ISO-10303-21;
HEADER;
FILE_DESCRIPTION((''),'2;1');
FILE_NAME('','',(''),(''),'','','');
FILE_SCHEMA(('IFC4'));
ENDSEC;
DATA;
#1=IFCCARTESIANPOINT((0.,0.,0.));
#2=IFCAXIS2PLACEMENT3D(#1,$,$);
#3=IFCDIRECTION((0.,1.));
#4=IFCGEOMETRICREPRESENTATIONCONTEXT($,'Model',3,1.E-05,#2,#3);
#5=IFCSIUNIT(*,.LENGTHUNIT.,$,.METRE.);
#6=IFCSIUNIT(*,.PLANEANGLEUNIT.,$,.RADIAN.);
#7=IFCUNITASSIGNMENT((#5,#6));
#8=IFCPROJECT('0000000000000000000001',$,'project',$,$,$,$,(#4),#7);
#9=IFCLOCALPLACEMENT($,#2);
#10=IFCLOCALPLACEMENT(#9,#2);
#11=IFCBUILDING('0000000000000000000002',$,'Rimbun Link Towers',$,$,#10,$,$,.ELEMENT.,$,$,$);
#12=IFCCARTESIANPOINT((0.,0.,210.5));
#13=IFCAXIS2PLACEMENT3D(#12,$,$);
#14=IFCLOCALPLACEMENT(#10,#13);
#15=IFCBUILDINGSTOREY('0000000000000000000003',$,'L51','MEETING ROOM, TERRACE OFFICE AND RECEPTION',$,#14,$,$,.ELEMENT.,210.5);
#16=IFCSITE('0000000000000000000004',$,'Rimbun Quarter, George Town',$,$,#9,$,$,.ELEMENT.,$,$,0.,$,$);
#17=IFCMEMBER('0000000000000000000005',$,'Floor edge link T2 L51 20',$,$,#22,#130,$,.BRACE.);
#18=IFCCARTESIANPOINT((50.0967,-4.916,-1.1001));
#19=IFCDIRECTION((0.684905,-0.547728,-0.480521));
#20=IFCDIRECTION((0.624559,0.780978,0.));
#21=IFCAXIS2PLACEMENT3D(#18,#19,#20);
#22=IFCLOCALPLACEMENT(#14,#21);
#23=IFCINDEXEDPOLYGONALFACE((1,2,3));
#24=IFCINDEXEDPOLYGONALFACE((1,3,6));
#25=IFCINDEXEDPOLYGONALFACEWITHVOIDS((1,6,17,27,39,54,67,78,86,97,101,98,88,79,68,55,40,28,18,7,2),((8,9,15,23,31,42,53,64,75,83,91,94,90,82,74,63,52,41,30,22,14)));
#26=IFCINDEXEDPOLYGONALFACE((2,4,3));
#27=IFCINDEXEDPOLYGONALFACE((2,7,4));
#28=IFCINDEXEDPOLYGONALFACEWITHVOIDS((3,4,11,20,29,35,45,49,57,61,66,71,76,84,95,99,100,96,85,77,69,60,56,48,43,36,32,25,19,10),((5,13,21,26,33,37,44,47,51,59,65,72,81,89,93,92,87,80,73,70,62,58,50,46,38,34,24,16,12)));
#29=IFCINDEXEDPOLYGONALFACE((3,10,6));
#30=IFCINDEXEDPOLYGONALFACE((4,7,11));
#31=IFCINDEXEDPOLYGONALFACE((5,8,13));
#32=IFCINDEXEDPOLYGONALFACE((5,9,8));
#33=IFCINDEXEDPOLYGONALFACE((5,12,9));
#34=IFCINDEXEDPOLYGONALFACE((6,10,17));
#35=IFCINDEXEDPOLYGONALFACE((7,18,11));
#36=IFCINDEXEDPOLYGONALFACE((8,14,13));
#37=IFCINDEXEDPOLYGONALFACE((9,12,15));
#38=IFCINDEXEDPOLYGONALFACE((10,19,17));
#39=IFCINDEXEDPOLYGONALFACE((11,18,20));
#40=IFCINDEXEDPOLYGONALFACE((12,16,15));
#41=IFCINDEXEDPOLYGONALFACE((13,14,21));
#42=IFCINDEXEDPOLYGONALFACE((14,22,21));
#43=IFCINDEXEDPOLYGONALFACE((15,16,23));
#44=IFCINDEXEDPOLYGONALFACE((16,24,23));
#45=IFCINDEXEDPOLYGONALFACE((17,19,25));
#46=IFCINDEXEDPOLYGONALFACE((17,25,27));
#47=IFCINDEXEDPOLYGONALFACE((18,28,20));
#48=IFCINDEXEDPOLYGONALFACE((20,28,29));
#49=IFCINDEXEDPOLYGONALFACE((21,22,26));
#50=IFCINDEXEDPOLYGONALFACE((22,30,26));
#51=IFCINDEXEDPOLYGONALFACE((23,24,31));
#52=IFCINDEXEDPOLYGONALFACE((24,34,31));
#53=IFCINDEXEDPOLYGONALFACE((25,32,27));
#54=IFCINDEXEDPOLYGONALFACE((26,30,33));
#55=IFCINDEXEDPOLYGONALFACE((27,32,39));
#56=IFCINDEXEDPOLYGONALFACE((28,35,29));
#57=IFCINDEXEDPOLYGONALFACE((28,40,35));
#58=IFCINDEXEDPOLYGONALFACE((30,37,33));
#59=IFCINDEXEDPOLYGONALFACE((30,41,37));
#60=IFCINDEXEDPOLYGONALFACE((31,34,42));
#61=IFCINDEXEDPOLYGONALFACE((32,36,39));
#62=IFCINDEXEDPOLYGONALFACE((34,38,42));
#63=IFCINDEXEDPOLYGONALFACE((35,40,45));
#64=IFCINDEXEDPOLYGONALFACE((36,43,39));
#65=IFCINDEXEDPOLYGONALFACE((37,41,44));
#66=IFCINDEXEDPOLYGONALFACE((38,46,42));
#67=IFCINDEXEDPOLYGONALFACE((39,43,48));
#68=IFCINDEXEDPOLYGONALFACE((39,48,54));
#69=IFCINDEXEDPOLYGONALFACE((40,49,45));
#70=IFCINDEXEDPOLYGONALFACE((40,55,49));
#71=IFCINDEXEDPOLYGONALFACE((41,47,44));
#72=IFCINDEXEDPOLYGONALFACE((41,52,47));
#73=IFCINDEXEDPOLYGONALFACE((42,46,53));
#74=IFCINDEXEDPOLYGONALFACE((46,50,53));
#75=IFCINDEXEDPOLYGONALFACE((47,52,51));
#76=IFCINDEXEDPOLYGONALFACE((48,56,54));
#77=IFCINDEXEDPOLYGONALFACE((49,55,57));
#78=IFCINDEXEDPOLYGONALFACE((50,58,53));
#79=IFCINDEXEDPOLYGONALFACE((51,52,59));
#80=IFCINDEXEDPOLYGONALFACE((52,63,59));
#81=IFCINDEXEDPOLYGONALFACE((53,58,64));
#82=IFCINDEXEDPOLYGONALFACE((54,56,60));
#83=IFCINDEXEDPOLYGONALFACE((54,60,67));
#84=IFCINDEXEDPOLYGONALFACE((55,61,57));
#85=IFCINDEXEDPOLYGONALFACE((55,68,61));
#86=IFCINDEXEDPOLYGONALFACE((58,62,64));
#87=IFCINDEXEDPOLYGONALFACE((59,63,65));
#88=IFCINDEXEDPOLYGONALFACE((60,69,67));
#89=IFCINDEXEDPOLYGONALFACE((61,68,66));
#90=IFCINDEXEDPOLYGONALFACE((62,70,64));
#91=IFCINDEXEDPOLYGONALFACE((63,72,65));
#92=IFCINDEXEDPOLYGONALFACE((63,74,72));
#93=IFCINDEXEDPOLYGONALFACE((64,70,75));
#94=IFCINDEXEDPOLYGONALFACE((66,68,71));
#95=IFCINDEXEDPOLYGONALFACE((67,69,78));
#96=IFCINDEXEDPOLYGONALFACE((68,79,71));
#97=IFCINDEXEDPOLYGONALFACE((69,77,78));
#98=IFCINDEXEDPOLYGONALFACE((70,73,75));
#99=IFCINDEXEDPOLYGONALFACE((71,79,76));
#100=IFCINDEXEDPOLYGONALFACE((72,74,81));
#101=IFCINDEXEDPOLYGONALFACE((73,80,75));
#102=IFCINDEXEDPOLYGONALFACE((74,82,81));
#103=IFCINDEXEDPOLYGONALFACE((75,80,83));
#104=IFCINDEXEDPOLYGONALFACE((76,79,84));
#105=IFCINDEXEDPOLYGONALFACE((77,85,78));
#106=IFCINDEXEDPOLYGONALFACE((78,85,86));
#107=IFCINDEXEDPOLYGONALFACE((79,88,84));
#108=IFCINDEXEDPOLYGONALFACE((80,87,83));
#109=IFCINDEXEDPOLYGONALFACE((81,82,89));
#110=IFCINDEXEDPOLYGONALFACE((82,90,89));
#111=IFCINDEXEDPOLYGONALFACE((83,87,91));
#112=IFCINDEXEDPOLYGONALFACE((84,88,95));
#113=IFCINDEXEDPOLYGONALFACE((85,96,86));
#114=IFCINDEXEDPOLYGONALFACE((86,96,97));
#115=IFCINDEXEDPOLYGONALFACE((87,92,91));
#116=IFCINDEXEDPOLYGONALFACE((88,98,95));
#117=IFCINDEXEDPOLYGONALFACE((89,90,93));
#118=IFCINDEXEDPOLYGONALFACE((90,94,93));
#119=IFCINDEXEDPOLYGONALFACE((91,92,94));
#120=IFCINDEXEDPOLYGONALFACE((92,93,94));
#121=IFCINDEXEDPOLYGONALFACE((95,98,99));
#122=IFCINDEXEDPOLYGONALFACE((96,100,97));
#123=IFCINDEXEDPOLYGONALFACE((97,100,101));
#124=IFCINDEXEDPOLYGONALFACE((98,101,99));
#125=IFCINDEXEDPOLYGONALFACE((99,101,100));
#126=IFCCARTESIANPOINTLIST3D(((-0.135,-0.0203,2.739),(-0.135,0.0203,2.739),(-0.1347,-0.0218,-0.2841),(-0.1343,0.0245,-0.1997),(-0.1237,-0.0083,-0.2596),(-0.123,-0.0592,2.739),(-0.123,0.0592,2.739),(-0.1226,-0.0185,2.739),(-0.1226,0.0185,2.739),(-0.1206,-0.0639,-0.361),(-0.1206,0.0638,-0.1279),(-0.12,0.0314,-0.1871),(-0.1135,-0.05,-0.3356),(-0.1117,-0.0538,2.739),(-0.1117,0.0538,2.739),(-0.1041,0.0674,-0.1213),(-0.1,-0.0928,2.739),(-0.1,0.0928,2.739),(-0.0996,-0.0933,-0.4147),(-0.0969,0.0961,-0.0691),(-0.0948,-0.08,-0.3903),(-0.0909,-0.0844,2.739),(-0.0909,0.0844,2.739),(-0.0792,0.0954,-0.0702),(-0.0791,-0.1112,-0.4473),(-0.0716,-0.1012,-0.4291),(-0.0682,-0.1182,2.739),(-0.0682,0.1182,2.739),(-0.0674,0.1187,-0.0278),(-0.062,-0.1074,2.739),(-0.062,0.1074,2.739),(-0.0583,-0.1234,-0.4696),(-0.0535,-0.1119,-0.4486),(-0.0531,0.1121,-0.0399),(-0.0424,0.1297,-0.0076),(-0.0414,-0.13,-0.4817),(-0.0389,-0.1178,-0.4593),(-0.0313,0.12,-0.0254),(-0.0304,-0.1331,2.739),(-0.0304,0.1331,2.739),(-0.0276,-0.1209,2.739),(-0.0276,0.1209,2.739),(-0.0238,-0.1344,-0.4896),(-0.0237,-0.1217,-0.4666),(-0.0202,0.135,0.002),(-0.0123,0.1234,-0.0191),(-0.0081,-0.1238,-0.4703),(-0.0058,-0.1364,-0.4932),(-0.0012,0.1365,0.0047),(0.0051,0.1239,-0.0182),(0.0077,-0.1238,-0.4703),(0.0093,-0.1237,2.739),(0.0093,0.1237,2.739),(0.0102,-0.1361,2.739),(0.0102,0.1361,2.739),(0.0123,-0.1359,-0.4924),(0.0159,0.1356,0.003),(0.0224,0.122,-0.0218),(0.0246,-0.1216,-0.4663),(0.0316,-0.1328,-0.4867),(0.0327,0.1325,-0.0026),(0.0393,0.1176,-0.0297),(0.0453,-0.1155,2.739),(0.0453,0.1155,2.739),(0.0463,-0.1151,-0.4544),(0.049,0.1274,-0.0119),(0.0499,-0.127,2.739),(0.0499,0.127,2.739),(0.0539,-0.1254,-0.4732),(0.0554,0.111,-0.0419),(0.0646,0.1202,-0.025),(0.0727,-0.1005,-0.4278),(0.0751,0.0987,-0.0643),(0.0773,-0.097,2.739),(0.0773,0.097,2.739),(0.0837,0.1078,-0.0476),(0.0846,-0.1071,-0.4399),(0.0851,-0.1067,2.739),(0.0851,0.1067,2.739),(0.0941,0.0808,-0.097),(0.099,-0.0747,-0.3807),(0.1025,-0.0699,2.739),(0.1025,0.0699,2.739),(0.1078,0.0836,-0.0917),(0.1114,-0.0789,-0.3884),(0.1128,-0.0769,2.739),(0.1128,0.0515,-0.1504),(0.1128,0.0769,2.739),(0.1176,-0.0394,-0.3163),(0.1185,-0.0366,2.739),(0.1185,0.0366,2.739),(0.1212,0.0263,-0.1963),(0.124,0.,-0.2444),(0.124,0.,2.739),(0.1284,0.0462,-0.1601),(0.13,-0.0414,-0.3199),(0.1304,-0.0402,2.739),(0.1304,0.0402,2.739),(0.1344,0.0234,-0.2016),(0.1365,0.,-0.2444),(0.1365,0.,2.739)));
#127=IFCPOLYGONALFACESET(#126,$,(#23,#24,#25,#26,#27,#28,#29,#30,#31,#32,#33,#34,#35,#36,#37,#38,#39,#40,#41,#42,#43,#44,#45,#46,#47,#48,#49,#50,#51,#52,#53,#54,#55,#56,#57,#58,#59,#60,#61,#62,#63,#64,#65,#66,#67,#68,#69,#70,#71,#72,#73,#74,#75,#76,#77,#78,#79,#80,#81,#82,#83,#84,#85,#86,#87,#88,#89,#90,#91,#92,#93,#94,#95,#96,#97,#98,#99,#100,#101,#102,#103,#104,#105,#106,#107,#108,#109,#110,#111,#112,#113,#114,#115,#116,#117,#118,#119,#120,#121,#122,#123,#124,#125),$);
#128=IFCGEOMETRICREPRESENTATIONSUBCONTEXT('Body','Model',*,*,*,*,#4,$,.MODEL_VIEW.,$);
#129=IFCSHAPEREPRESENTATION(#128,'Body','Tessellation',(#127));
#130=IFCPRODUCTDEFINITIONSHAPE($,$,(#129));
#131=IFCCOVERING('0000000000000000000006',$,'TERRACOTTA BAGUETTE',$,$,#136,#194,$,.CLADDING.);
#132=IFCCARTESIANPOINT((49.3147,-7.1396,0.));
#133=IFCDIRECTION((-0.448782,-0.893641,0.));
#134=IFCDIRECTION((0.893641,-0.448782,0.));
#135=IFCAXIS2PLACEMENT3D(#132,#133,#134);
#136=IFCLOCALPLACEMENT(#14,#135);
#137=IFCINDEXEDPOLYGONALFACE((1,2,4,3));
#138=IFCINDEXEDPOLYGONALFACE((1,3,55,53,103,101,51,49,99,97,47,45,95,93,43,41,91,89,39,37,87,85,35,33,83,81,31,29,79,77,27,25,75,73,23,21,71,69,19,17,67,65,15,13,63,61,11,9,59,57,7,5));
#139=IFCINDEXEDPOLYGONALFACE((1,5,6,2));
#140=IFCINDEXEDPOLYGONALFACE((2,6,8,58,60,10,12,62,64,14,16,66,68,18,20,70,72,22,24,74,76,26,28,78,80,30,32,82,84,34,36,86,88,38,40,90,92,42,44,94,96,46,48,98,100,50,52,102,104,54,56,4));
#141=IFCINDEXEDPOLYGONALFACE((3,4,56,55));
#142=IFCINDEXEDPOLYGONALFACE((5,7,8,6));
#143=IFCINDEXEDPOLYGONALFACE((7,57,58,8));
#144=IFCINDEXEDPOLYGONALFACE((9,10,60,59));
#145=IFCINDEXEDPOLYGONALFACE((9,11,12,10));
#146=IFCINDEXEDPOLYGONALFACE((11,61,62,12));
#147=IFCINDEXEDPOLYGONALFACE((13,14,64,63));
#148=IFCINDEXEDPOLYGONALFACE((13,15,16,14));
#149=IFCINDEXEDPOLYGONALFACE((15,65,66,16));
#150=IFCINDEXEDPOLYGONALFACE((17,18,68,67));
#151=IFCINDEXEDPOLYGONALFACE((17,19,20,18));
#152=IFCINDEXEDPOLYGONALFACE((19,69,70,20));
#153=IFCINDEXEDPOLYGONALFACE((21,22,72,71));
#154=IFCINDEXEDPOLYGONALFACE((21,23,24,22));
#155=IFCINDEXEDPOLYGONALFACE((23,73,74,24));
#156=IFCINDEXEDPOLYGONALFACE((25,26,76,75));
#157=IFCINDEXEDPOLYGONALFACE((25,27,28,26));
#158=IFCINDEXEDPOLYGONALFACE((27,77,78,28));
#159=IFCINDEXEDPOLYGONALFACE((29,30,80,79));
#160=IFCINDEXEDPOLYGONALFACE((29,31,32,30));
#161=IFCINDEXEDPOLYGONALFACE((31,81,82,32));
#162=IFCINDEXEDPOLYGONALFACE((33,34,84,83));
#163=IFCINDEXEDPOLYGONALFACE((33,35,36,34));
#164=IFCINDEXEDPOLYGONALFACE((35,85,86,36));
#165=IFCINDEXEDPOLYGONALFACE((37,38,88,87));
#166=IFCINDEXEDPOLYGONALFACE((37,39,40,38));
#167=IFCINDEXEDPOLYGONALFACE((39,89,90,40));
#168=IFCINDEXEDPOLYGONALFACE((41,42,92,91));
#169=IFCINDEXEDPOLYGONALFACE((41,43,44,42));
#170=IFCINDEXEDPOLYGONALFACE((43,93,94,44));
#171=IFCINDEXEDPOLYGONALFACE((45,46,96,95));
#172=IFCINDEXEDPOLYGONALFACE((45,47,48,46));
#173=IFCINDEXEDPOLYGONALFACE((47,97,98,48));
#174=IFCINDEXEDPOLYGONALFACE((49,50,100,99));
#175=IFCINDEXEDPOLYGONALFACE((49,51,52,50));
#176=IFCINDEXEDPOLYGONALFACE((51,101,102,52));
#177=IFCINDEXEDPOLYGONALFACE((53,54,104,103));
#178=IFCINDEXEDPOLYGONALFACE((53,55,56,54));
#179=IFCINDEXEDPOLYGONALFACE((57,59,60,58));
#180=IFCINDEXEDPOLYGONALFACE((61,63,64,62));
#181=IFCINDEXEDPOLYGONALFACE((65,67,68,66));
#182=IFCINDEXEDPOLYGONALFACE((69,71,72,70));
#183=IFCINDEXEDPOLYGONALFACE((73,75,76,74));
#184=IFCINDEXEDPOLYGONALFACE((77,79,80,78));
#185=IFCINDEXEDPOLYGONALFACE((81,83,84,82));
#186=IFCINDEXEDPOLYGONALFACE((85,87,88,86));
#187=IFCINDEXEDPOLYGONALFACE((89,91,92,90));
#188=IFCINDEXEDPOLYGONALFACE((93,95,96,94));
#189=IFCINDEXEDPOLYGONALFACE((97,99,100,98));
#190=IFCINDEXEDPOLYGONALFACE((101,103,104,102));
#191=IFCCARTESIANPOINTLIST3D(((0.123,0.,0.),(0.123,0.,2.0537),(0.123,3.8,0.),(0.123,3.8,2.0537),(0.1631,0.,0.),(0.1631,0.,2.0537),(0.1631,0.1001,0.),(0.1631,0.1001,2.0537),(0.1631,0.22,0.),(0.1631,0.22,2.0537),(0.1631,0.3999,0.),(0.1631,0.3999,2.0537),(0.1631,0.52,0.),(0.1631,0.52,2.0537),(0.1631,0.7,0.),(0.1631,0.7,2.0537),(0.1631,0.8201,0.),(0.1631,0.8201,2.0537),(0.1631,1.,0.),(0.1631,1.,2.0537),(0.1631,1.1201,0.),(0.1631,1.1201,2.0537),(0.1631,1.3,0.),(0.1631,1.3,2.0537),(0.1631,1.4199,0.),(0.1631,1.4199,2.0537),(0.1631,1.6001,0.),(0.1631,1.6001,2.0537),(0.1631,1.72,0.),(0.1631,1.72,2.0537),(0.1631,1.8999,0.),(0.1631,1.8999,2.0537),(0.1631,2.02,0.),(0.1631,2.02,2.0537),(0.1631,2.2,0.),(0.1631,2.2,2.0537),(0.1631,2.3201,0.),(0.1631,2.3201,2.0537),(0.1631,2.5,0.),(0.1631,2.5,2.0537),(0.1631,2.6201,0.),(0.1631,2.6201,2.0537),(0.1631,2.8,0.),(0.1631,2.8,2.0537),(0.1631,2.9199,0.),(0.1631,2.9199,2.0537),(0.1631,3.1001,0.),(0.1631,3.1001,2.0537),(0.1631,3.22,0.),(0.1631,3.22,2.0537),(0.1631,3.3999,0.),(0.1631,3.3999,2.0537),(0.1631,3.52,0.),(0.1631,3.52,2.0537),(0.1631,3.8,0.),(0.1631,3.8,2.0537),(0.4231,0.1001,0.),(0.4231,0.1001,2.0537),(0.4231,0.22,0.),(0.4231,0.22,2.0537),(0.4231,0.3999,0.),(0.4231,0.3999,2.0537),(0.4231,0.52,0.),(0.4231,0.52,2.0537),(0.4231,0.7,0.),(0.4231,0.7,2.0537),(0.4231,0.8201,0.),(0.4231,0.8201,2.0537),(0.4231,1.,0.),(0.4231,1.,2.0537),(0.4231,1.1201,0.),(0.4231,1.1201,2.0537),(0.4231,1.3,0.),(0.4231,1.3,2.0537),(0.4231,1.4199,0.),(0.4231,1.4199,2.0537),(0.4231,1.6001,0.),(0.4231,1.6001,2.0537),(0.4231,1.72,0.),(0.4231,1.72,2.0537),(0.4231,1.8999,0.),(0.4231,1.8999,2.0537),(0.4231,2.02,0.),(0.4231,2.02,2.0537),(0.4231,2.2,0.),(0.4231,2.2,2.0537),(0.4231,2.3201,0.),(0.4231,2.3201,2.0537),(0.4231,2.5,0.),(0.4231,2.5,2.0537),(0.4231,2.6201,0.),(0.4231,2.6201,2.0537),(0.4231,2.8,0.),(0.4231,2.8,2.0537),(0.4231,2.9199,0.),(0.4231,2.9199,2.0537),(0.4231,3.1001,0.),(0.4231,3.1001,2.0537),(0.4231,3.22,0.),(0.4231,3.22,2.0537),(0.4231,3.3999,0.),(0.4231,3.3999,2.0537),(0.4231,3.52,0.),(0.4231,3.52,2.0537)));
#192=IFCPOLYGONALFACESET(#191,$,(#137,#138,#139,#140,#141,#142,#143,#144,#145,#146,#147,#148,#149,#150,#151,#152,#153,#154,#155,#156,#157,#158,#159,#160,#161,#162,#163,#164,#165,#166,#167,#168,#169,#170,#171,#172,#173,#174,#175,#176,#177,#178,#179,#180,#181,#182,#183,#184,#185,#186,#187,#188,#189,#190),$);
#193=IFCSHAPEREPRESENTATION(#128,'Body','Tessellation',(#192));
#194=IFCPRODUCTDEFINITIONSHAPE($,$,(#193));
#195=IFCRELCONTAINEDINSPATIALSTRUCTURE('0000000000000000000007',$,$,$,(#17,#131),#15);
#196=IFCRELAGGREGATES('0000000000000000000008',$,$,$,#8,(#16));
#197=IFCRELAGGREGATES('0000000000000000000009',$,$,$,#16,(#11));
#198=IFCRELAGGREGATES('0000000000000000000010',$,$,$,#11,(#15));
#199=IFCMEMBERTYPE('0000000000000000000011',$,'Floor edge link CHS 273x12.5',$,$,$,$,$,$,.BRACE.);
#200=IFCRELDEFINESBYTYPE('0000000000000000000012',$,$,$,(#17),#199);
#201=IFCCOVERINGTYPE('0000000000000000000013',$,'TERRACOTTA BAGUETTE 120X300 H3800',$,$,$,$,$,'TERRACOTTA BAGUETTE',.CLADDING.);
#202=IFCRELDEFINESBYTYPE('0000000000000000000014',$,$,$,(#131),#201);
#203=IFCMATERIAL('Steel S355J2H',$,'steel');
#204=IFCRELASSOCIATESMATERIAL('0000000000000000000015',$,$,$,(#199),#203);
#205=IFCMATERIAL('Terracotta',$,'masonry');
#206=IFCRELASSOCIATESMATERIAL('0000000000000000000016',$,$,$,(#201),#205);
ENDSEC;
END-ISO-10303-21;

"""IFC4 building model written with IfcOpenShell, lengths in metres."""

from ifc_helpers import new_model, si_unit, direction, frame, origin, origin_2d, place, context, subcontext, project, spatial, polyline, hollow_circle, outline, extrude, clip, halfspace, material, material_profile, profile_set, type_object, element, save


model = new_model("IFC4")

# Units and contexts
model_context = context("Model", 3, precision=1e-05, world=origin(), true_north=direction((0.0, 1.0)))
body_context = subcontext(model_context, "Body", "Model", "MODEL_VIEW")
ifc_project = project(units=[si_unit("LENGTHUNIT", "METRE"), si_unit("PLANEANGLEUNIT", "RADIAN")], contexts=[model_context])

# Site, building, storey
site_placement = place(None, origin())
site = spatial("IfcSite", under=ifc_project, at=site_placement, Name="Rimbun Quarter, George Town", CompositionType="ELEMENT", RefElevation=0.0)
building_placement = place(site_placement, origin())
building = spatial("IfcBuilding", under=site, at=building_placement, Name="Rimbun Link Towers", CompositionType="ELEMENT")
storey_placement = place(building_placement, frame((0.0, 0.0, 210.5)))
storey = spatial("IfcBuildingStorey", under=building, at=storey_placement, Name="L51", Description="MEETING ROOM, TERRACE OFFICE AND RECEPTION", CompositionType="ELEMENT", Elevation=210.5)

# Member
ifc_material_1 = material(Name="Steel S355J2H", Category="steel")
ifc_material_profile_1 = material_profile(ifc_material_1, hollow_circle(Radius=0.1365, WallThickness=0.0125, at=origin_2d()), Name="CHS 273x12.5")
ifc_profile_set_1 = profile_set([ifc_material_profile_1], Name="Steel S355J2H")
member_type_1 = type_object("IfcMemberType", Name="Floor edge link CHS 273x12.5", PredefinedType="BRACE", material=ifc_profile_set_1)
member_1_placement = place(storey_placement, frame((50.0967, -4.916, -1.1001), z_axis=(0.684905, -0.547728, -0.480521), x_axis=(0.624559, 0.780978, 0.0)))
element("IfcMember", 1, at=member_1_placement, inside=storey, type_object=member_type_1, Name="Floor edge link T2 L51 20", PredefinedType="BRACE", context=body_context, shape_type="Clipping", body=[
    clip(extrude(hollow_circle(Radius=0.1365, WallThickness=0.0125, at=origin_2d()), frame((0.0, 0.0, -0.519)), (0.0, 0.0, 1.0), 3.2581), halfspace(frame((0.0, 0.0, -0.2444), z_axis=(0.0, 0.876983, -0.480521)), False)),
])

# Covering
ifc_material_2 = material(Name="Terracotta", Category="masonry")
ifc_material_profile_2 = material_profile(ifc_material_2, outline(polyline([(0.123, 0.0), (0.1631, 0.0), (0.1631, 0.1001), (0.4231, 0.1001), (0.4231, 0.22), (0.1631, 0.22), (0.1631, 0.3999), (0.4231, 0.3999), (0.4231, 0.52), (0.1631, 0.52), (0.1631, 0.7), (0.4231, 0.7), (0.4231, 0.8201), (0.1631, 0.8201), (0.1631, 1.0), (0.4231, 1.0), (0.4231, 1.1201), (0.1631, 1.1201), (0.1631, 1.3), (0.4231, 1.3), (0.4231, 1.4199), (0.1631, 1.4199), (0.1631, 1.6001), (0.4231, 1.6001), (0.4231, 1.72), (0.1631, 1.72), (0.1631, 1.8999), (0.4231, 1.8999), (0.4231, 2.02), (0.1631, 2.02), (0.1631, 2.2), (0.4231, 2.2), (0.4231, 2.3201), (0.1631, 2.3201), (0.1631, 2.5), (0.4231, 2.5), (0.4231, 2.6201), (0.1631, 2.6201), (0.1631, 2.8), (0.4231, 2.8), (0.4231, 2.9199), (0.1631, 2.9199), (0.1631, 3.1001), (0.4231, 3.1001), (0.4231, 3.22), (0.1631, 3.22), (0.1631, 3.3999), (0.4231, 3.3999), (0.4231, 3.52), (0.1631, 3.52), (0.1631, 3.8), (0.123, 3.8), (0.123, 0.0)])), Name="BAGUETTE 120X300")
ifc_profile_set_2 = profile_set([ifc_material_profile_2], Name="Terracotta")
covering_type = type_object("IfcCoveringType", Name="TERRACOTTA BAGUETTE 120X300 H3800", ElementType="TERRACOTTA BAGUETTE", PredefinedType="CLADDING", material=ifc_profile_set_2)
covering_placement = place(storey_placement, frame((49.3147, -7.1396, 0.0), z_axis=(-0.448782, -0.893641, 0.0), x_axis=(0.893641, -0.448782, 0.0)))
element("IfcCovering", 2, at=covering_placement, inside=storey, type_object=covering_type, Name="TERRACOTTA BAGUETTE", PredefinedType="CLADDING", context=body_context, shape_type="SweptSolid", body=[
    extrude(outline(polyline([(0.123, 0.0), (0.1631, 0.0), (0.1631, 0.1001), (0.4231, 0.1001), (0.4231, 0.22), (0.1631, 0.22), (0.1631, 0.3999), (0.4231, 0.3999), (0.4231, 0.52), (0.1631, 0.52), (0.1631, 0.7), (0.4231, 0.7), (0.4231, 0.8201), (0.1631, 0.8201), (0.1631, 1.0), (0.4231, 1.0), (0.4231, 1.1201), (0.1631, 1.1201), (0.1631, 1.3), (0.4231, 1.3), (0.4231, 1.4199), (0.1631, 1.4199), (0.1631, 1.6001), (0.4231, 1.6001), (0.4231, 1.72), (0.1631, 1.72), (0.1631, 1.8999), (0.4231, 1.8999), (0.4231, 2.02), (0.1631, 2.02), (0.1631, 2.2), (0.4231, 2.2), (0.4231, 2.3201), (0.1631, 2.3201), (0.1631, 2.5), (0.4231, 2.5), (0.4231, 2.6201), (0.1631, 2.6201), (0.1631, 2.8), (0.4231, 2.8), (0.4231, 2.9199), (0.1631, 2.9199), (0.1631, 3.1001), (0.4231, 3.1001), (0.4231, 3.22), (0.1631, 3.22), (0.1631, 3.3999), (0.4231, 3.3999), (0.4231, 3.52), (0.1631, 3.52), (0.1631, 3.8), (0.123, 3.8), (0.123, 0.0)])), origin(), (0.0, 0.0, 1.0), 2.0537),
])

save(model, "model.ifc")
